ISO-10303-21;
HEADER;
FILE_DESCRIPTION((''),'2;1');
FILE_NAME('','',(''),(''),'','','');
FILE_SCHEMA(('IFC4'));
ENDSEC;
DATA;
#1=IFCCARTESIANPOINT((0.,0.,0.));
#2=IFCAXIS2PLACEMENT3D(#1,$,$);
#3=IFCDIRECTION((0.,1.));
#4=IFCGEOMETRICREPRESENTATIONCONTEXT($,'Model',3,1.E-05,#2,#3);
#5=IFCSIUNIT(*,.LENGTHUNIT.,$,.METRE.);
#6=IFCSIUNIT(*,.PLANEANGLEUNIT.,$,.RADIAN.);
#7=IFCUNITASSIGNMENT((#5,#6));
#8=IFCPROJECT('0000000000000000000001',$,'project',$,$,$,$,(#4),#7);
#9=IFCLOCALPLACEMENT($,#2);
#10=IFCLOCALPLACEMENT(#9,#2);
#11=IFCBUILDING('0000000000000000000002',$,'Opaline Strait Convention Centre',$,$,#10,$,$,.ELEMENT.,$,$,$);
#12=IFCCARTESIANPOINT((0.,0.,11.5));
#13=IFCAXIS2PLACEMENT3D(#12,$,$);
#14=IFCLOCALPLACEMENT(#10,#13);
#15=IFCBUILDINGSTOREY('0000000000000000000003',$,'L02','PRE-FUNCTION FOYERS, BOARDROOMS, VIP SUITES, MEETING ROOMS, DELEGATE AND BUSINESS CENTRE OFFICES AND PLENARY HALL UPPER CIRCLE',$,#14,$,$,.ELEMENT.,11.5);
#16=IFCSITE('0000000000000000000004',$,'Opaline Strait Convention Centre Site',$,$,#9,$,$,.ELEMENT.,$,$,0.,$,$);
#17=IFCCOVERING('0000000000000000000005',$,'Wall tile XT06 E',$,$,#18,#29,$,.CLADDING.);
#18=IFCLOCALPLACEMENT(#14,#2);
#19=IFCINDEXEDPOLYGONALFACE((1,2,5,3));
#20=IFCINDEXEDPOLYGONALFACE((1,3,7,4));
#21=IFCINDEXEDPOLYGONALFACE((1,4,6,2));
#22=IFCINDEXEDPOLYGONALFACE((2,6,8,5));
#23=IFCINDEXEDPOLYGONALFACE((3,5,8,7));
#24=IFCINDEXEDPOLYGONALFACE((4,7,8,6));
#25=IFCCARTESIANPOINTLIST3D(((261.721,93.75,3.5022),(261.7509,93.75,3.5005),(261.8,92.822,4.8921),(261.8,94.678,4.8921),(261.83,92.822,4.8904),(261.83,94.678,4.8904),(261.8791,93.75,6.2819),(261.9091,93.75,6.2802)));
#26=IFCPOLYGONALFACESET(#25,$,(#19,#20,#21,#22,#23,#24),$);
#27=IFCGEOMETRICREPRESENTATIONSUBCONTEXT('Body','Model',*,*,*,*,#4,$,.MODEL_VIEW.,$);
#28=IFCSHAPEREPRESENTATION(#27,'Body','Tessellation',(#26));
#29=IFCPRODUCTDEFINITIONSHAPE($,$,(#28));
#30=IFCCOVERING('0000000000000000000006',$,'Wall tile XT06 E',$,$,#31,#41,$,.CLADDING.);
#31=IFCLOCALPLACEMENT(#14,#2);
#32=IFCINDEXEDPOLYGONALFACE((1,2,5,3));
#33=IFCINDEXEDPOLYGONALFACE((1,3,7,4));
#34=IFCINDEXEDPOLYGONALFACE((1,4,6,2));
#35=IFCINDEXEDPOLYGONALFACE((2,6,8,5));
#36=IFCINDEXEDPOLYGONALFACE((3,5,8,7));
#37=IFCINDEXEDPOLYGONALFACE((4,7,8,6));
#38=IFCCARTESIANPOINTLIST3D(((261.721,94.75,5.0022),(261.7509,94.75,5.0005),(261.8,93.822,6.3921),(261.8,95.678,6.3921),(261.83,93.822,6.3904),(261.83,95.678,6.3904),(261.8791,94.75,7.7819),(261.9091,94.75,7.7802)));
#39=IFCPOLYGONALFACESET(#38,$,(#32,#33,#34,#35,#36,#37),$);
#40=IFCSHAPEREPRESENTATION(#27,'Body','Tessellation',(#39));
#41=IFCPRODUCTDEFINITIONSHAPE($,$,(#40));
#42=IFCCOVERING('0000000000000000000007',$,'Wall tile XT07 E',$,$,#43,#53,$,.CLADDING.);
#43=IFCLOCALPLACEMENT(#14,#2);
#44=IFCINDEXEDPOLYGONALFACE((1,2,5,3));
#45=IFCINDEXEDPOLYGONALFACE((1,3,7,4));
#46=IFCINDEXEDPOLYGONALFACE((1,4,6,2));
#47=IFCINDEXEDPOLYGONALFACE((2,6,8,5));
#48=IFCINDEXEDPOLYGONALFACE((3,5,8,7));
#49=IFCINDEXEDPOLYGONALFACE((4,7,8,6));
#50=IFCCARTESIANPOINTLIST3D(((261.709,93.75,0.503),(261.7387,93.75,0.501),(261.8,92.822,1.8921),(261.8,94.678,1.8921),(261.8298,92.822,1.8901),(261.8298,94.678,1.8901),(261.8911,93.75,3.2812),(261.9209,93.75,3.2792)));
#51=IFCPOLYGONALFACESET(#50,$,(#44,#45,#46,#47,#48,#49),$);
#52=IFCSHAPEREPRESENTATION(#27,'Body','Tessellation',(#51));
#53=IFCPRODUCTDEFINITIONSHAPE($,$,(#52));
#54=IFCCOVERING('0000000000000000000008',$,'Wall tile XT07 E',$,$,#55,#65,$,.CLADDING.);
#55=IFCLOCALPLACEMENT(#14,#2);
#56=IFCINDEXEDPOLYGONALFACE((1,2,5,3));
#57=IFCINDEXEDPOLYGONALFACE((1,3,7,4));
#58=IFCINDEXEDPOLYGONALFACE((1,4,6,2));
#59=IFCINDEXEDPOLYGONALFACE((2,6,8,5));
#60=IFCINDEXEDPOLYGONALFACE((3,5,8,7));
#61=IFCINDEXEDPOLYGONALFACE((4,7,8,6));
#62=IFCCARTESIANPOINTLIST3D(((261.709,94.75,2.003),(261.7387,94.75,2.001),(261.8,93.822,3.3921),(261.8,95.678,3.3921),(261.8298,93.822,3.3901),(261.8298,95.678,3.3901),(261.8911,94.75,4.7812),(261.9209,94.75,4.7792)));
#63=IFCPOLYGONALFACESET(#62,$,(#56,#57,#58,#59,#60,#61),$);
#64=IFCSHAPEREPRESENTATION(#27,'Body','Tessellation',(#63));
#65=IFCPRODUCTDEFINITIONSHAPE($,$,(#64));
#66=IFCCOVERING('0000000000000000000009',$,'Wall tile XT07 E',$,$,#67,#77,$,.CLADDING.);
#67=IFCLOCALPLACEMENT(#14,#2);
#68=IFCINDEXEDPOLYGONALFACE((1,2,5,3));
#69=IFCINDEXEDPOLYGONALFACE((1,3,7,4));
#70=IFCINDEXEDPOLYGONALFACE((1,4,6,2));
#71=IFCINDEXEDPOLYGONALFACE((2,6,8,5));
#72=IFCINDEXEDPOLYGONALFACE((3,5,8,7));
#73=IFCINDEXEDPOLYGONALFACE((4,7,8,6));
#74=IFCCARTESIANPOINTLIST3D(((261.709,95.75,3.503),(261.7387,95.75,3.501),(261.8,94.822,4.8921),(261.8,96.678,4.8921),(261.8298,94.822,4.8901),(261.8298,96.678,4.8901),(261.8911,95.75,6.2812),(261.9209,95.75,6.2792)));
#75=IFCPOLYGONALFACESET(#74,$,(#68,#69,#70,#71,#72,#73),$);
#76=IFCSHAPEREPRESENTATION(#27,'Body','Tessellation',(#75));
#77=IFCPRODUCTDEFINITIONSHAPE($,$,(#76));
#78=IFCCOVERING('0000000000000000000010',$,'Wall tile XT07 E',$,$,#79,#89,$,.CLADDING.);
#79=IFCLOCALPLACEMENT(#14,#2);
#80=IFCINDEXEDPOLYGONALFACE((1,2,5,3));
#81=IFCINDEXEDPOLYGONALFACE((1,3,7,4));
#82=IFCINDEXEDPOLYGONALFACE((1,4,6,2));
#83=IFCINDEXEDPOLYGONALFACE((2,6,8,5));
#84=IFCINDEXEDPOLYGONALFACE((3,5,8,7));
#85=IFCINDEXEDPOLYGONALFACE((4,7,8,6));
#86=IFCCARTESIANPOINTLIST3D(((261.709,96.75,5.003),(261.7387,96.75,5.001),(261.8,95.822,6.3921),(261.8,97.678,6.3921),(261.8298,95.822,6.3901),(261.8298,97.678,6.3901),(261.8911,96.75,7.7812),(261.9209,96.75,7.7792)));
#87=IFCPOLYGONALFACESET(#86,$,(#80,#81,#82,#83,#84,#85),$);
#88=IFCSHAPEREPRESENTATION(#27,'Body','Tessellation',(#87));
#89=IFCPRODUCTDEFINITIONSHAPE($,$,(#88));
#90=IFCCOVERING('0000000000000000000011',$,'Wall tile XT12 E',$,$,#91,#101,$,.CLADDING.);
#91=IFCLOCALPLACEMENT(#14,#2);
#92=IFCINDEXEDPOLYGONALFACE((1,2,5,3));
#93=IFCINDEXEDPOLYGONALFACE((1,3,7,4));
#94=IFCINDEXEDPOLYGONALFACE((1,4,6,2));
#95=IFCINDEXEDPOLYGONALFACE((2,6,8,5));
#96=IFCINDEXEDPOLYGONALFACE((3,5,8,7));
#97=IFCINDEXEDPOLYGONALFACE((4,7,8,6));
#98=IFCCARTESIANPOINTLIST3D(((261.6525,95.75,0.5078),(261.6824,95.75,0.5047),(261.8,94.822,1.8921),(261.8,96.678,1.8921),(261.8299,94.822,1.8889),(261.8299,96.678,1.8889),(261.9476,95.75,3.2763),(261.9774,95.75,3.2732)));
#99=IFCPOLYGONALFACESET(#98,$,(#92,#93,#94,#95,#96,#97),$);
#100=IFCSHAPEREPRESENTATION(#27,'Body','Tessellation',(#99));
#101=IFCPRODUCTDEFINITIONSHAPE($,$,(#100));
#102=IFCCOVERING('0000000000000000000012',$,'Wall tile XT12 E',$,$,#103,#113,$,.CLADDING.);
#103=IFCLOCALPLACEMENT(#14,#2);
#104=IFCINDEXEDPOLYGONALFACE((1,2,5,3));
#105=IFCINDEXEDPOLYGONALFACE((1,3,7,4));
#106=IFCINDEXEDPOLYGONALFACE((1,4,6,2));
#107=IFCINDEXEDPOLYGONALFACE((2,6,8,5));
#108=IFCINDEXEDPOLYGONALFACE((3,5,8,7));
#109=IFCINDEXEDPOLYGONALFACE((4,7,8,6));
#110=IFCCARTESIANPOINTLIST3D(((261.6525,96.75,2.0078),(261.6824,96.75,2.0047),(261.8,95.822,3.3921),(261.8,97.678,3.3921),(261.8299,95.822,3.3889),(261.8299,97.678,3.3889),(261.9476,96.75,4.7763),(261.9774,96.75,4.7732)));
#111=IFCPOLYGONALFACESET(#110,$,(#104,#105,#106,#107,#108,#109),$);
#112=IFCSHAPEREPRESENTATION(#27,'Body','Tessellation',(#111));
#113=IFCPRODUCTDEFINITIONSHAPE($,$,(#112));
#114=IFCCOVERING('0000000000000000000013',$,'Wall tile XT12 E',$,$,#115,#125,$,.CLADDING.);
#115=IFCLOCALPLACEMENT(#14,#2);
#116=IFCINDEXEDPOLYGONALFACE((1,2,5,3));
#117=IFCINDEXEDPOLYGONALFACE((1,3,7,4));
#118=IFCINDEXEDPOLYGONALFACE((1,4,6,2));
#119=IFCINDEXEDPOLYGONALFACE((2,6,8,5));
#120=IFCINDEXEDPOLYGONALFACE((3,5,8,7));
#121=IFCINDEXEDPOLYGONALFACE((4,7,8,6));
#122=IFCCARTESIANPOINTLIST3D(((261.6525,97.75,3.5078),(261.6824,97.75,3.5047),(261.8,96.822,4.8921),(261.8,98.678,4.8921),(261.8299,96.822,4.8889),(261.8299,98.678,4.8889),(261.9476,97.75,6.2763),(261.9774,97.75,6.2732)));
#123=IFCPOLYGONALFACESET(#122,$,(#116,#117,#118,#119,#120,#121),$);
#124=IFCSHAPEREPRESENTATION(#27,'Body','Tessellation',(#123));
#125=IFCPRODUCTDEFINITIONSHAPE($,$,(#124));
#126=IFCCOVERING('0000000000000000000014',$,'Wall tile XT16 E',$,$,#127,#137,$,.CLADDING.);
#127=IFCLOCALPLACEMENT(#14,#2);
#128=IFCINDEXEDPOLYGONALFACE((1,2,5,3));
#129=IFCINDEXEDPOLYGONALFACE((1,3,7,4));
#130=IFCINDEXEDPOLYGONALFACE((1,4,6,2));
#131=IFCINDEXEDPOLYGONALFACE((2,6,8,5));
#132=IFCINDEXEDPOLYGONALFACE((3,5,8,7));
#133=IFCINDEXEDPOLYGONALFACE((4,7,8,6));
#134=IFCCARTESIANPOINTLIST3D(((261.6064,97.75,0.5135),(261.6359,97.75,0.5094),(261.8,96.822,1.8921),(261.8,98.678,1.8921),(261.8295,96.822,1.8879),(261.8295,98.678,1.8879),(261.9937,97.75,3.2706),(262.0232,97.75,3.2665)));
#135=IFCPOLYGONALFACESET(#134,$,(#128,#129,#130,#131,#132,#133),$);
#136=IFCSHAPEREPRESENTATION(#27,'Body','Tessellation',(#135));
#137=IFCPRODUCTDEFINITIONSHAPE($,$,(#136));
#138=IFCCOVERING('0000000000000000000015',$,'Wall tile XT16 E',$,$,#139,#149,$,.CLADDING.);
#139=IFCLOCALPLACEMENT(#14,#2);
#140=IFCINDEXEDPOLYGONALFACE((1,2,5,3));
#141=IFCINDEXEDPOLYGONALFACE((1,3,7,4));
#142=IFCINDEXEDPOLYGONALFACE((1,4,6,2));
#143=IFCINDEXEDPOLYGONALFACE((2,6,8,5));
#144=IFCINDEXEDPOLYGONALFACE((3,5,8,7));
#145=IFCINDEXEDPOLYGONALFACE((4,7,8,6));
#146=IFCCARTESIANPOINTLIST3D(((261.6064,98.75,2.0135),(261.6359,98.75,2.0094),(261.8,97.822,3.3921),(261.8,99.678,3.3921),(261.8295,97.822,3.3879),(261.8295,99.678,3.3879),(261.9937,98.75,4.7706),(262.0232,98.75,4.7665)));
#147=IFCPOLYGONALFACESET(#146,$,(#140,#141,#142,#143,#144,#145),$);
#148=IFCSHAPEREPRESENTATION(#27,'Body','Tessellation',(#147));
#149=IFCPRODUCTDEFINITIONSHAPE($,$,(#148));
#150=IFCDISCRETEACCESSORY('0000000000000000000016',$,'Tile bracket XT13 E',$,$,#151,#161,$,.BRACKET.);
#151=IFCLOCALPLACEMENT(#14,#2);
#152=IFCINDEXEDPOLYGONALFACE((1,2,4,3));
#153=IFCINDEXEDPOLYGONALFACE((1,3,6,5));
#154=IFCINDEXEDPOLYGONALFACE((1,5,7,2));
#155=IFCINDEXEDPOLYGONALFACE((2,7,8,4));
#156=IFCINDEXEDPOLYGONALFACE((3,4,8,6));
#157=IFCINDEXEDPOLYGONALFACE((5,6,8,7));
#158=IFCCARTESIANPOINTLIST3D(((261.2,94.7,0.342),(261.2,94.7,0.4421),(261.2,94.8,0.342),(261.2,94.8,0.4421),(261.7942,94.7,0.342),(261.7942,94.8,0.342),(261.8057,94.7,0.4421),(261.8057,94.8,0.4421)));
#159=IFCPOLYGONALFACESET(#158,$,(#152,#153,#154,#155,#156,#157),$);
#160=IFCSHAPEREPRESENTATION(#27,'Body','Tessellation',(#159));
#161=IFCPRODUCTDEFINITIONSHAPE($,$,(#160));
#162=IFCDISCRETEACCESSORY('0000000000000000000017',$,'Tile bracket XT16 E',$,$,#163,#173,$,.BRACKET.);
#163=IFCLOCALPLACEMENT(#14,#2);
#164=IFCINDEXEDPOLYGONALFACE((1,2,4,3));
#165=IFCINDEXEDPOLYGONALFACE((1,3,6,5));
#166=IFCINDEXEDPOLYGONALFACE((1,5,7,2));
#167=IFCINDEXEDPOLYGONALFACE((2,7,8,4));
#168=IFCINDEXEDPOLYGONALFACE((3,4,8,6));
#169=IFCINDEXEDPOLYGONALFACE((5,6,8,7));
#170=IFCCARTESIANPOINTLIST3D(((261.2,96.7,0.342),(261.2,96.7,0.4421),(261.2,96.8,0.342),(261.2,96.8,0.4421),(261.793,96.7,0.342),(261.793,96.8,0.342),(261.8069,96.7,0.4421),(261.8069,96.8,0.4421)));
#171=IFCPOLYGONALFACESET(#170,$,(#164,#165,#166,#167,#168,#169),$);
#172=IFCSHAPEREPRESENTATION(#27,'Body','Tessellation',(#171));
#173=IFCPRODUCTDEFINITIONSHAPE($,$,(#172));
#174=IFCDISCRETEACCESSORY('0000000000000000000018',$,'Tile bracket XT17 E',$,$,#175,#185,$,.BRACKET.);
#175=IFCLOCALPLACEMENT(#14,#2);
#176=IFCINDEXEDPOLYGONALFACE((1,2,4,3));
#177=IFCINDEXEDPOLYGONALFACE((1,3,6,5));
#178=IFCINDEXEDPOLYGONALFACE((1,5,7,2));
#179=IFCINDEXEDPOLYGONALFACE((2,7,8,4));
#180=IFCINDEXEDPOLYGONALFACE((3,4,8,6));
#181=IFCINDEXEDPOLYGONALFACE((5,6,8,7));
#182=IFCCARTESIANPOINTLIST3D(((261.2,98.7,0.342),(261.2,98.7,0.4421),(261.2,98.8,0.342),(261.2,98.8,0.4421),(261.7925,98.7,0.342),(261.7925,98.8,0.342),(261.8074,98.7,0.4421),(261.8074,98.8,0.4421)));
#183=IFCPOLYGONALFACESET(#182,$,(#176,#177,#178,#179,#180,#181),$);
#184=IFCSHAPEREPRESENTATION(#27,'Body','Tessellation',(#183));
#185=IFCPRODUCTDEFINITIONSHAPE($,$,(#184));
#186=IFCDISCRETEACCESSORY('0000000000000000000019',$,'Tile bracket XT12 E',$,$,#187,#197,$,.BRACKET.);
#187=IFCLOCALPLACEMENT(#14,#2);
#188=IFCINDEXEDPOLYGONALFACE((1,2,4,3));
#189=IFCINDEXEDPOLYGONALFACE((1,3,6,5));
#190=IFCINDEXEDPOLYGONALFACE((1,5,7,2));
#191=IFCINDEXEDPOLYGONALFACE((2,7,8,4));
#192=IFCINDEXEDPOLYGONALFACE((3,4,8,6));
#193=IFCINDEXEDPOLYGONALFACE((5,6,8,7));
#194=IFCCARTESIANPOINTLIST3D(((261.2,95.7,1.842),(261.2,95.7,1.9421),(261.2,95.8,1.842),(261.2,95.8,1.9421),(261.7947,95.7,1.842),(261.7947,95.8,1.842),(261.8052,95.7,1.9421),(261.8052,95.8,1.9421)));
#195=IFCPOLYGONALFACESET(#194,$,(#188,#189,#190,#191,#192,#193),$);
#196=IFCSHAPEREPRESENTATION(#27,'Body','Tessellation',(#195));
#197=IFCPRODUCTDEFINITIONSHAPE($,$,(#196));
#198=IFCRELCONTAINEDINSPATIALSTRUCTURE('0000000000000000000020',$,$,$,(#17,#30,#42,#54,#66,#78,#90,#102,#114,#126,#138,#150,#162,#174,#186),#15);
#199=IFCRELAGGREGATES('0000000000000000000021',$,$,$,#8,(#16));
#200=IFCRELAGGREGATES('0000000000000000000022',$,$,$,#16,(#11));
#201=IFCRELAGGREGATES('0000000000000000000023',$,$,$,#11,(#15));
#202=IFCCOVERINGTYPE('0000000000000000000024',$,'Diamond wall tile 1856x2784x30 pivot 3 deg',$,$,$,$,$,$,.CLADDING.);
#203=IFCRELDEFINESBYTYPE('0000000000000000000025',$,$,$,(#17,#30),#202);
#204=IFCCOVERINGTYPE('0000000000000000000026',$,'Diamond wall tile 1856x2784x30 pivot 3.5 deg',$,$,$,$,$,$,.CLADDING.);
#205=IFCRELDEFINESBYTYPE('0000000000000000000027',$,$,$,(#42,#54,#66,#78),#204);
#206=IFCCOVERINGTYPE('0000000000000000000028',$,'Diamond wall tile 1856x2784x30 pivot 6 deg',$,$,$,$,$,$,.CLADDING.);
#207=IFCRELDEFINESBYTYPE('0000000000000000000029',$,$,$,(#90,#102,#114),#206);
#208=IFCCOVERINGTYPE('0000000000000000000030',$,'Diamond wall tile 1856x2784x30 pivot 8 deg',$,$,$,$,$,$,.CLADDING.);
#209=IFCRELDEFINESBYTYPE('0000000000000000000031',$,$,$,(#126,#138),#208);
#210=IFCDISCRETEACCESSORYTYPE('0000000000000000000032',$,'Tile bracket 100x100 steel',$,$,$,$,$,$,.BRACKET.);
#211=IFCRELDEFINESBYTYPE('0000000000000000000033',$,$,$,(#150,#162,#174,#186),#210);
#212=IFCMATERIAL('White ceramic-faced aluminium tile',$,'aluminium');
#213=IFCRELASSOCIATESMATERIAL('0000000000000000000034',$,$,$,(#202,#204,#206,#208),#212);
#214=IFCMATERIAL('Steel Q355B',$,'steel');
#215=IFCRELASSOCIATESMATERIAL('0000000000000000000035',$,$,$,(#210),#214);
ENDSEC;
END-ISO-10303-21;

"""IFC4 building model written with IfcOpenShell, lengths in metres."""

from ifc_helpers import new_model, si_unit, direction, frame, origin, place, context, subcontext, project, spatial, polyline, outline, extrude, material, material_profile, profile_set, type_object, element, save


model = new_model("IFC4")

# Units and contexts
model_context = context("Model", 3, precision=1e-05, world=origin(), true_north=direction((0.0, 1.0)))
body_context = subcontext(model_context, "Body", "Model", "MODEL_VIEW")
ifc_project = project(units=[si_unit("LENGTHUNIT", "METRE"), si_unit("PLANEANGLEUNIT", "RADIAN")], contexts=[model_context])

# Site, building, storey
site_placement = place(None, origin())
site = spatial("IfcSite", under=ifc_project, at=site_placement, Name="Opaline Strait Convention Centre Site", CompositionType="ELEMENT", RefElevation=0.0)
building_placement = place(site_placement, origin())
building = spatial("IfcBuilding", under=site, at=building_placement, Name="Opaline Strait Convention Centre", CompositionType="ELEMENT")
storey_placement = place(building_placement, frame((0.0, 0.0, 11.5)))
storey = spatial("IfcBuildingStorey", under=building, at=storey_placement, Name="L02", Description="PRE-FUNCTION FOYERS, BOARDROOMS, VIP SUITES, MEETING ROOMS, DELEGATE AND BUSINESS CENTRE OFFICES AND PLENARY HALL UPPER CIRCLE", CompositionType="ELEMENT", Elevation=11.5)

# Coverings
ifc_material_1 = material(Name="White ceramic-faced aluminium tile", Category="aluminium")
ifc_material_profile_1 = material_profile(ifc_material_1, outline(polyline([(0.928, 0.0), (0.0, 1.3921), (-0.928, 0.0), (0.0, -1.3921), (0.928, 0.0)])), Name="Diamond tile 1856x2784")
ifc_profile_set_1 = profile_set([ifc_material_profile_1], Name="White ceramic-faced aluminium tile")
covering_type_1 = type_object("IfcCoveringType", Name="Diamond wall tile 1856x2784x30 pivot 3 deg", PredefinedType="CLADDING", material=ifc_profile_set_1)
for number, where, z_axis, x_axis, name in (
    (1, (261.8, 93.75, 4.8921), (0.998385, 0.0, -0.056819), (0.0, 1.0, 0.0), "Wall tile XT06 E"),
    (2, (261.8, 94.75, 6.3921), (0.998385, 0.0, -0.056819), (0.0, 1.0, 0.0), "Wall tile XT06 E"),
):
    element("IfcCovering", number, at=place(storey_placement, frame(where, z_axis=z_axis, x_axis=x_axis)), inside=storey, type_object=covering_type_1, Name=name, PredefinedType="CLADDING", context=body_context, shape_type="SweptSolid", body=[
        extrude(outline(polyline([(0.928, 0.0), (0.0, 1.3921), (-0.928, 0.0), (0.0, -1.3921), (0.928, 0.0)])), origin(), (0.0, 0.0, 1.0), 0.03),
    ])
ifc_material_profile_2 = material_profile(ifc_material_1, outline(polyline([(0.928, 0.0), (0.0, 1.3921), (-0.928, 0.0), (0.0, -1.3921), (0.928, 0.0)])), Name="Diamond tile 1856x2784")
ifc_profile_set_2 = profile_set([ifc_material_profile_2], Name="White ceramic-faced aluminium tile")
covering_type_2 = type_object("IfcCoveringType", Name="Diamond wall tile 1856x2784x30 pivot 3.5 deg", PredefinedType="CLADDING", material=ifc_profile_set_2)
for number, where, z_axis, x_axis, name in (
    (3, (261.8, 93.75, 1.8921), (0.997857, 0.0, -0.065433), (0.0, 1.0, 0.0), "Wall tile XT07 E"),
    (4, (261.8, 94.75, 3.3921), (0.997857, 0.0, -0.065433), (0.0, 1.0, 0.0), "Wall tile XT07 E"),
    (5, (261.8, 95.75, 4.8921), (0.997857, 0.0, -0.065433), (0.0, 1.0, 0.0), "Wall tile XT07 E"),
    (6, (261.8, 96.75, 6.3921), (0.997857, 0.0, -0.065433), (0.0, 1.0, 0.0), "Wall tile XT07 E"),
):
    element("IfcCovering", number, at=place(storey_placement, frame(where, z_axis=z_axis, x_axis=x_axis)), inside=storey, type_object=covering_type_2, Name=name, PredefinedType="CLADDING", context=body_context, shape_type="SweptSolid", body=[
        extrude(outline(polyline([(0.928, 0.0), (0.0, 1.3921), (-0.928, 0.0), (0.0, -1.3921), (0.928, 0.0)])), origin(), (0.0, 0.0, 1.0), 0.0298),
    ])
ifc_material_profile_3 = material_profile(ifc_material_1, outline(polyline([(0.928, 0.0), (0.0, 1.3921), (-0.928, 0.0), (0.0, -1.3921), (0.928, 0.0)])), Name="Diamond tile 1856x2784")
ifc_profile_set_3 = profile_set([ifc_material_profile_3], Name="White ceramic-faced aluminium tile")
covering_type_3 = type_object("IfcCoveringType", Name="Diamond wall tile 1856x2784x30 pivot 6 deg", PredefinedType="CLADDING", material=ifc_profile_set_3)
for number, where, z_axis, x_axis, name in (
    (7, (261.8, 95.75, 1.8921), (0.994371, 0.0, -0.105958), (0.0, 1.0, 0.0), "Wall tile XT12 E"),
    (8, (261.8, 96.75, 3.3921), (0.994371, 0.0, -0.105958), (0.0, 1.0, 0.0), "Wall tile XT12 E"),
    (9, (261.8, 97.75, 4.8921), (0.994371, 0.0, -0.105958), (0.0, 1.0, 0.0), "Wall tile XT12 E"),
):
    element("IfcCovering", number, at=place(storey_placement, frame(where, z_axis=z_axis, x_axis=x_axis)), inside=storey, type_object=covering_type_3, Name=name, PredefinedType="CLADDING", context=body_context, shape_type="SweptSolid", body=[
        extrude(outline(polyline([(0.928, 0.0), (0.0, 1.3921), (-0.928, 0.0), (0.0, -1.3921), (0.928, 0.0)])), origin(), (0.0, 0.0, 1.0), 0.03),
    ])
ifc_material_profile_4 = material_profile(ifc_material_1, outline(polyline([(0.928, 0.0), (0.0, 1.3921), (-0.928, 0.0), (0.0, -1.3921), (0.928, 0.0)])), Name="Diamond tile 1856x2784")
ifc_profile_set_4 = profile_set([ifc_material_profile_4], Name="White ceramic-faced aluminium tile")
covering_type_4 = type_object("IfcCoveringType", Name="Diamond wall tile 1856x2784x30 pivot 8 deg", PredefinedType="CLADDING", material=ifc_profile_set_4)
for number, where, z_axis, x_axis, name in (
    (10, (261.8, 97.75, 1.8921), (0.990274, 0.0, -0.139129), (0.0, 1.0, 0.0), "Wall tile XT16 E"),
    (11, (261.8, 98.75, 3.3921), (0.990274, 0.0, -0.139129), (0.0, 1.0, 0.0), "Wall tile XT16 E"),
):
    element("IfcCovering", number, at=place(storey_placement, frame(where, z_axis=z_axis, x_axis=x_axis)), inside=storey, type_object=covering_type_4, Name=name, PredefinedType="CLADDING", context=body_context, shape_type="SweptSolid", body=[
        extrude(outline(polyline([(0.928, 0.0), (0.0, 1.3921), (-0.928, 0.0), (0.0, -1.3921), (0.928, 0.0)])), origin(), (0.0, 0.0, 1.0), 0.0298),
    ])

# Discrete accessories
ifc_material_2 = material(Name="Steel Q355B", Category="steel")
discrete_accessory_type = type_object("IfcDiscreteAccessoryType", Name="Tile bracket 100x100 steel", PredefinedType="BRACKET", material=ifc_material_2)
discrete_accessory_1_placement = place(storey_placement, frame((261.2, 94.7, 0.3921), z_axis=(0.0, 1.0, 0.0), x_axis=(-1.0, 0.0, 0.0)))
element("IfcDiscreteAccessory", 12, at=discrete_accessory_1_placement, inside=storey, type_object=discrete_accessory_type, Name="Tile bracket XT13 E", PredefinedType="BRACKET", context=body_context, shape_type="SweptSolid", body=[
    extrude(outline(polyline([(0.0, -0.05), (0.0, 0.05), (-0.6057, 0.05), (-0.5942, -0.05), (0.0, -0.05)])), origin(), (0.0, 0.0, 1.0), 0.1001),
])
discrete_accessory_2_placement = place(storey_placement, frame((261.2, 96.7, 0.3921), z_axis=(0.0, 1.0, 0.0), x_axis=(-1.0, 0.0, 0.0)))
element("IfcDiscreteAccessory", 13, at=discrete_accessory_2_placement, inside=storey, type_object=discrete_accessory_type, Name="Tile bracket XT16 E", PredefinedType="BRACKET", context=body_context, shape_type="SweptSolid", body=[
    extrude(outline(polyline([(0.0, -0.05), (0.0, 0.05), (-0.6069, 0.05), (-0.593, -0.05), (0.0, -0.05)])), origin(), (0.0, 0.0, 1.0), 0.1001),
])
discrete_accessory_3_placement = place(storey_placement, frame((261.2, 98.7, 0.3921), z_axis=(0.0, 1.0, 0.0), x_axis=(-1.0, 0.0, 0.0)))
element("IfcDiscreteAccessory", 14, at=discrete_accessory_3_placement, inside=storey, type_object=discrete_accessory_type, Name="Tile bracket XT17 E", PredefinedType="BRACKET", context=body_context, shape_type="SweptSolid", body=[
    extrude(outline(polyline([(0.0, -0.05), (0.0, 0.05), (-0.6074, 0.05), (-0.5925, -0.05), (0.0, -0.05)])), origin(), (0.0, 0.0, 1.0), 0.1001),
])
discrete_accessory_4_placement = place(storey_placement, frame((261.2, 95.7, 1.8921), z_axis=(0.0, 1.0, 0.0), x_axis=(-1.0, 0.0, 0.0)))
element("IfcDiscreteAccessory", 15, at=discrete_accessory_4_placement, inside=storey, type_object=discrete_accessory_type, Name="Tile bracket XT12 E", PredefinedType="BRACKET", context=body_context, shape_type="SweptSolid", body=[
    extrude(outline(polyline([(0.0, -0.05), (0.0, 0.05), (-0.6052, 0.05), (-0.5947, -0.05), (0.0, -0.05)])), origin(), (0.0, 0.0, 1.0), 0.1001),
])

save(model, "model.ifc")
